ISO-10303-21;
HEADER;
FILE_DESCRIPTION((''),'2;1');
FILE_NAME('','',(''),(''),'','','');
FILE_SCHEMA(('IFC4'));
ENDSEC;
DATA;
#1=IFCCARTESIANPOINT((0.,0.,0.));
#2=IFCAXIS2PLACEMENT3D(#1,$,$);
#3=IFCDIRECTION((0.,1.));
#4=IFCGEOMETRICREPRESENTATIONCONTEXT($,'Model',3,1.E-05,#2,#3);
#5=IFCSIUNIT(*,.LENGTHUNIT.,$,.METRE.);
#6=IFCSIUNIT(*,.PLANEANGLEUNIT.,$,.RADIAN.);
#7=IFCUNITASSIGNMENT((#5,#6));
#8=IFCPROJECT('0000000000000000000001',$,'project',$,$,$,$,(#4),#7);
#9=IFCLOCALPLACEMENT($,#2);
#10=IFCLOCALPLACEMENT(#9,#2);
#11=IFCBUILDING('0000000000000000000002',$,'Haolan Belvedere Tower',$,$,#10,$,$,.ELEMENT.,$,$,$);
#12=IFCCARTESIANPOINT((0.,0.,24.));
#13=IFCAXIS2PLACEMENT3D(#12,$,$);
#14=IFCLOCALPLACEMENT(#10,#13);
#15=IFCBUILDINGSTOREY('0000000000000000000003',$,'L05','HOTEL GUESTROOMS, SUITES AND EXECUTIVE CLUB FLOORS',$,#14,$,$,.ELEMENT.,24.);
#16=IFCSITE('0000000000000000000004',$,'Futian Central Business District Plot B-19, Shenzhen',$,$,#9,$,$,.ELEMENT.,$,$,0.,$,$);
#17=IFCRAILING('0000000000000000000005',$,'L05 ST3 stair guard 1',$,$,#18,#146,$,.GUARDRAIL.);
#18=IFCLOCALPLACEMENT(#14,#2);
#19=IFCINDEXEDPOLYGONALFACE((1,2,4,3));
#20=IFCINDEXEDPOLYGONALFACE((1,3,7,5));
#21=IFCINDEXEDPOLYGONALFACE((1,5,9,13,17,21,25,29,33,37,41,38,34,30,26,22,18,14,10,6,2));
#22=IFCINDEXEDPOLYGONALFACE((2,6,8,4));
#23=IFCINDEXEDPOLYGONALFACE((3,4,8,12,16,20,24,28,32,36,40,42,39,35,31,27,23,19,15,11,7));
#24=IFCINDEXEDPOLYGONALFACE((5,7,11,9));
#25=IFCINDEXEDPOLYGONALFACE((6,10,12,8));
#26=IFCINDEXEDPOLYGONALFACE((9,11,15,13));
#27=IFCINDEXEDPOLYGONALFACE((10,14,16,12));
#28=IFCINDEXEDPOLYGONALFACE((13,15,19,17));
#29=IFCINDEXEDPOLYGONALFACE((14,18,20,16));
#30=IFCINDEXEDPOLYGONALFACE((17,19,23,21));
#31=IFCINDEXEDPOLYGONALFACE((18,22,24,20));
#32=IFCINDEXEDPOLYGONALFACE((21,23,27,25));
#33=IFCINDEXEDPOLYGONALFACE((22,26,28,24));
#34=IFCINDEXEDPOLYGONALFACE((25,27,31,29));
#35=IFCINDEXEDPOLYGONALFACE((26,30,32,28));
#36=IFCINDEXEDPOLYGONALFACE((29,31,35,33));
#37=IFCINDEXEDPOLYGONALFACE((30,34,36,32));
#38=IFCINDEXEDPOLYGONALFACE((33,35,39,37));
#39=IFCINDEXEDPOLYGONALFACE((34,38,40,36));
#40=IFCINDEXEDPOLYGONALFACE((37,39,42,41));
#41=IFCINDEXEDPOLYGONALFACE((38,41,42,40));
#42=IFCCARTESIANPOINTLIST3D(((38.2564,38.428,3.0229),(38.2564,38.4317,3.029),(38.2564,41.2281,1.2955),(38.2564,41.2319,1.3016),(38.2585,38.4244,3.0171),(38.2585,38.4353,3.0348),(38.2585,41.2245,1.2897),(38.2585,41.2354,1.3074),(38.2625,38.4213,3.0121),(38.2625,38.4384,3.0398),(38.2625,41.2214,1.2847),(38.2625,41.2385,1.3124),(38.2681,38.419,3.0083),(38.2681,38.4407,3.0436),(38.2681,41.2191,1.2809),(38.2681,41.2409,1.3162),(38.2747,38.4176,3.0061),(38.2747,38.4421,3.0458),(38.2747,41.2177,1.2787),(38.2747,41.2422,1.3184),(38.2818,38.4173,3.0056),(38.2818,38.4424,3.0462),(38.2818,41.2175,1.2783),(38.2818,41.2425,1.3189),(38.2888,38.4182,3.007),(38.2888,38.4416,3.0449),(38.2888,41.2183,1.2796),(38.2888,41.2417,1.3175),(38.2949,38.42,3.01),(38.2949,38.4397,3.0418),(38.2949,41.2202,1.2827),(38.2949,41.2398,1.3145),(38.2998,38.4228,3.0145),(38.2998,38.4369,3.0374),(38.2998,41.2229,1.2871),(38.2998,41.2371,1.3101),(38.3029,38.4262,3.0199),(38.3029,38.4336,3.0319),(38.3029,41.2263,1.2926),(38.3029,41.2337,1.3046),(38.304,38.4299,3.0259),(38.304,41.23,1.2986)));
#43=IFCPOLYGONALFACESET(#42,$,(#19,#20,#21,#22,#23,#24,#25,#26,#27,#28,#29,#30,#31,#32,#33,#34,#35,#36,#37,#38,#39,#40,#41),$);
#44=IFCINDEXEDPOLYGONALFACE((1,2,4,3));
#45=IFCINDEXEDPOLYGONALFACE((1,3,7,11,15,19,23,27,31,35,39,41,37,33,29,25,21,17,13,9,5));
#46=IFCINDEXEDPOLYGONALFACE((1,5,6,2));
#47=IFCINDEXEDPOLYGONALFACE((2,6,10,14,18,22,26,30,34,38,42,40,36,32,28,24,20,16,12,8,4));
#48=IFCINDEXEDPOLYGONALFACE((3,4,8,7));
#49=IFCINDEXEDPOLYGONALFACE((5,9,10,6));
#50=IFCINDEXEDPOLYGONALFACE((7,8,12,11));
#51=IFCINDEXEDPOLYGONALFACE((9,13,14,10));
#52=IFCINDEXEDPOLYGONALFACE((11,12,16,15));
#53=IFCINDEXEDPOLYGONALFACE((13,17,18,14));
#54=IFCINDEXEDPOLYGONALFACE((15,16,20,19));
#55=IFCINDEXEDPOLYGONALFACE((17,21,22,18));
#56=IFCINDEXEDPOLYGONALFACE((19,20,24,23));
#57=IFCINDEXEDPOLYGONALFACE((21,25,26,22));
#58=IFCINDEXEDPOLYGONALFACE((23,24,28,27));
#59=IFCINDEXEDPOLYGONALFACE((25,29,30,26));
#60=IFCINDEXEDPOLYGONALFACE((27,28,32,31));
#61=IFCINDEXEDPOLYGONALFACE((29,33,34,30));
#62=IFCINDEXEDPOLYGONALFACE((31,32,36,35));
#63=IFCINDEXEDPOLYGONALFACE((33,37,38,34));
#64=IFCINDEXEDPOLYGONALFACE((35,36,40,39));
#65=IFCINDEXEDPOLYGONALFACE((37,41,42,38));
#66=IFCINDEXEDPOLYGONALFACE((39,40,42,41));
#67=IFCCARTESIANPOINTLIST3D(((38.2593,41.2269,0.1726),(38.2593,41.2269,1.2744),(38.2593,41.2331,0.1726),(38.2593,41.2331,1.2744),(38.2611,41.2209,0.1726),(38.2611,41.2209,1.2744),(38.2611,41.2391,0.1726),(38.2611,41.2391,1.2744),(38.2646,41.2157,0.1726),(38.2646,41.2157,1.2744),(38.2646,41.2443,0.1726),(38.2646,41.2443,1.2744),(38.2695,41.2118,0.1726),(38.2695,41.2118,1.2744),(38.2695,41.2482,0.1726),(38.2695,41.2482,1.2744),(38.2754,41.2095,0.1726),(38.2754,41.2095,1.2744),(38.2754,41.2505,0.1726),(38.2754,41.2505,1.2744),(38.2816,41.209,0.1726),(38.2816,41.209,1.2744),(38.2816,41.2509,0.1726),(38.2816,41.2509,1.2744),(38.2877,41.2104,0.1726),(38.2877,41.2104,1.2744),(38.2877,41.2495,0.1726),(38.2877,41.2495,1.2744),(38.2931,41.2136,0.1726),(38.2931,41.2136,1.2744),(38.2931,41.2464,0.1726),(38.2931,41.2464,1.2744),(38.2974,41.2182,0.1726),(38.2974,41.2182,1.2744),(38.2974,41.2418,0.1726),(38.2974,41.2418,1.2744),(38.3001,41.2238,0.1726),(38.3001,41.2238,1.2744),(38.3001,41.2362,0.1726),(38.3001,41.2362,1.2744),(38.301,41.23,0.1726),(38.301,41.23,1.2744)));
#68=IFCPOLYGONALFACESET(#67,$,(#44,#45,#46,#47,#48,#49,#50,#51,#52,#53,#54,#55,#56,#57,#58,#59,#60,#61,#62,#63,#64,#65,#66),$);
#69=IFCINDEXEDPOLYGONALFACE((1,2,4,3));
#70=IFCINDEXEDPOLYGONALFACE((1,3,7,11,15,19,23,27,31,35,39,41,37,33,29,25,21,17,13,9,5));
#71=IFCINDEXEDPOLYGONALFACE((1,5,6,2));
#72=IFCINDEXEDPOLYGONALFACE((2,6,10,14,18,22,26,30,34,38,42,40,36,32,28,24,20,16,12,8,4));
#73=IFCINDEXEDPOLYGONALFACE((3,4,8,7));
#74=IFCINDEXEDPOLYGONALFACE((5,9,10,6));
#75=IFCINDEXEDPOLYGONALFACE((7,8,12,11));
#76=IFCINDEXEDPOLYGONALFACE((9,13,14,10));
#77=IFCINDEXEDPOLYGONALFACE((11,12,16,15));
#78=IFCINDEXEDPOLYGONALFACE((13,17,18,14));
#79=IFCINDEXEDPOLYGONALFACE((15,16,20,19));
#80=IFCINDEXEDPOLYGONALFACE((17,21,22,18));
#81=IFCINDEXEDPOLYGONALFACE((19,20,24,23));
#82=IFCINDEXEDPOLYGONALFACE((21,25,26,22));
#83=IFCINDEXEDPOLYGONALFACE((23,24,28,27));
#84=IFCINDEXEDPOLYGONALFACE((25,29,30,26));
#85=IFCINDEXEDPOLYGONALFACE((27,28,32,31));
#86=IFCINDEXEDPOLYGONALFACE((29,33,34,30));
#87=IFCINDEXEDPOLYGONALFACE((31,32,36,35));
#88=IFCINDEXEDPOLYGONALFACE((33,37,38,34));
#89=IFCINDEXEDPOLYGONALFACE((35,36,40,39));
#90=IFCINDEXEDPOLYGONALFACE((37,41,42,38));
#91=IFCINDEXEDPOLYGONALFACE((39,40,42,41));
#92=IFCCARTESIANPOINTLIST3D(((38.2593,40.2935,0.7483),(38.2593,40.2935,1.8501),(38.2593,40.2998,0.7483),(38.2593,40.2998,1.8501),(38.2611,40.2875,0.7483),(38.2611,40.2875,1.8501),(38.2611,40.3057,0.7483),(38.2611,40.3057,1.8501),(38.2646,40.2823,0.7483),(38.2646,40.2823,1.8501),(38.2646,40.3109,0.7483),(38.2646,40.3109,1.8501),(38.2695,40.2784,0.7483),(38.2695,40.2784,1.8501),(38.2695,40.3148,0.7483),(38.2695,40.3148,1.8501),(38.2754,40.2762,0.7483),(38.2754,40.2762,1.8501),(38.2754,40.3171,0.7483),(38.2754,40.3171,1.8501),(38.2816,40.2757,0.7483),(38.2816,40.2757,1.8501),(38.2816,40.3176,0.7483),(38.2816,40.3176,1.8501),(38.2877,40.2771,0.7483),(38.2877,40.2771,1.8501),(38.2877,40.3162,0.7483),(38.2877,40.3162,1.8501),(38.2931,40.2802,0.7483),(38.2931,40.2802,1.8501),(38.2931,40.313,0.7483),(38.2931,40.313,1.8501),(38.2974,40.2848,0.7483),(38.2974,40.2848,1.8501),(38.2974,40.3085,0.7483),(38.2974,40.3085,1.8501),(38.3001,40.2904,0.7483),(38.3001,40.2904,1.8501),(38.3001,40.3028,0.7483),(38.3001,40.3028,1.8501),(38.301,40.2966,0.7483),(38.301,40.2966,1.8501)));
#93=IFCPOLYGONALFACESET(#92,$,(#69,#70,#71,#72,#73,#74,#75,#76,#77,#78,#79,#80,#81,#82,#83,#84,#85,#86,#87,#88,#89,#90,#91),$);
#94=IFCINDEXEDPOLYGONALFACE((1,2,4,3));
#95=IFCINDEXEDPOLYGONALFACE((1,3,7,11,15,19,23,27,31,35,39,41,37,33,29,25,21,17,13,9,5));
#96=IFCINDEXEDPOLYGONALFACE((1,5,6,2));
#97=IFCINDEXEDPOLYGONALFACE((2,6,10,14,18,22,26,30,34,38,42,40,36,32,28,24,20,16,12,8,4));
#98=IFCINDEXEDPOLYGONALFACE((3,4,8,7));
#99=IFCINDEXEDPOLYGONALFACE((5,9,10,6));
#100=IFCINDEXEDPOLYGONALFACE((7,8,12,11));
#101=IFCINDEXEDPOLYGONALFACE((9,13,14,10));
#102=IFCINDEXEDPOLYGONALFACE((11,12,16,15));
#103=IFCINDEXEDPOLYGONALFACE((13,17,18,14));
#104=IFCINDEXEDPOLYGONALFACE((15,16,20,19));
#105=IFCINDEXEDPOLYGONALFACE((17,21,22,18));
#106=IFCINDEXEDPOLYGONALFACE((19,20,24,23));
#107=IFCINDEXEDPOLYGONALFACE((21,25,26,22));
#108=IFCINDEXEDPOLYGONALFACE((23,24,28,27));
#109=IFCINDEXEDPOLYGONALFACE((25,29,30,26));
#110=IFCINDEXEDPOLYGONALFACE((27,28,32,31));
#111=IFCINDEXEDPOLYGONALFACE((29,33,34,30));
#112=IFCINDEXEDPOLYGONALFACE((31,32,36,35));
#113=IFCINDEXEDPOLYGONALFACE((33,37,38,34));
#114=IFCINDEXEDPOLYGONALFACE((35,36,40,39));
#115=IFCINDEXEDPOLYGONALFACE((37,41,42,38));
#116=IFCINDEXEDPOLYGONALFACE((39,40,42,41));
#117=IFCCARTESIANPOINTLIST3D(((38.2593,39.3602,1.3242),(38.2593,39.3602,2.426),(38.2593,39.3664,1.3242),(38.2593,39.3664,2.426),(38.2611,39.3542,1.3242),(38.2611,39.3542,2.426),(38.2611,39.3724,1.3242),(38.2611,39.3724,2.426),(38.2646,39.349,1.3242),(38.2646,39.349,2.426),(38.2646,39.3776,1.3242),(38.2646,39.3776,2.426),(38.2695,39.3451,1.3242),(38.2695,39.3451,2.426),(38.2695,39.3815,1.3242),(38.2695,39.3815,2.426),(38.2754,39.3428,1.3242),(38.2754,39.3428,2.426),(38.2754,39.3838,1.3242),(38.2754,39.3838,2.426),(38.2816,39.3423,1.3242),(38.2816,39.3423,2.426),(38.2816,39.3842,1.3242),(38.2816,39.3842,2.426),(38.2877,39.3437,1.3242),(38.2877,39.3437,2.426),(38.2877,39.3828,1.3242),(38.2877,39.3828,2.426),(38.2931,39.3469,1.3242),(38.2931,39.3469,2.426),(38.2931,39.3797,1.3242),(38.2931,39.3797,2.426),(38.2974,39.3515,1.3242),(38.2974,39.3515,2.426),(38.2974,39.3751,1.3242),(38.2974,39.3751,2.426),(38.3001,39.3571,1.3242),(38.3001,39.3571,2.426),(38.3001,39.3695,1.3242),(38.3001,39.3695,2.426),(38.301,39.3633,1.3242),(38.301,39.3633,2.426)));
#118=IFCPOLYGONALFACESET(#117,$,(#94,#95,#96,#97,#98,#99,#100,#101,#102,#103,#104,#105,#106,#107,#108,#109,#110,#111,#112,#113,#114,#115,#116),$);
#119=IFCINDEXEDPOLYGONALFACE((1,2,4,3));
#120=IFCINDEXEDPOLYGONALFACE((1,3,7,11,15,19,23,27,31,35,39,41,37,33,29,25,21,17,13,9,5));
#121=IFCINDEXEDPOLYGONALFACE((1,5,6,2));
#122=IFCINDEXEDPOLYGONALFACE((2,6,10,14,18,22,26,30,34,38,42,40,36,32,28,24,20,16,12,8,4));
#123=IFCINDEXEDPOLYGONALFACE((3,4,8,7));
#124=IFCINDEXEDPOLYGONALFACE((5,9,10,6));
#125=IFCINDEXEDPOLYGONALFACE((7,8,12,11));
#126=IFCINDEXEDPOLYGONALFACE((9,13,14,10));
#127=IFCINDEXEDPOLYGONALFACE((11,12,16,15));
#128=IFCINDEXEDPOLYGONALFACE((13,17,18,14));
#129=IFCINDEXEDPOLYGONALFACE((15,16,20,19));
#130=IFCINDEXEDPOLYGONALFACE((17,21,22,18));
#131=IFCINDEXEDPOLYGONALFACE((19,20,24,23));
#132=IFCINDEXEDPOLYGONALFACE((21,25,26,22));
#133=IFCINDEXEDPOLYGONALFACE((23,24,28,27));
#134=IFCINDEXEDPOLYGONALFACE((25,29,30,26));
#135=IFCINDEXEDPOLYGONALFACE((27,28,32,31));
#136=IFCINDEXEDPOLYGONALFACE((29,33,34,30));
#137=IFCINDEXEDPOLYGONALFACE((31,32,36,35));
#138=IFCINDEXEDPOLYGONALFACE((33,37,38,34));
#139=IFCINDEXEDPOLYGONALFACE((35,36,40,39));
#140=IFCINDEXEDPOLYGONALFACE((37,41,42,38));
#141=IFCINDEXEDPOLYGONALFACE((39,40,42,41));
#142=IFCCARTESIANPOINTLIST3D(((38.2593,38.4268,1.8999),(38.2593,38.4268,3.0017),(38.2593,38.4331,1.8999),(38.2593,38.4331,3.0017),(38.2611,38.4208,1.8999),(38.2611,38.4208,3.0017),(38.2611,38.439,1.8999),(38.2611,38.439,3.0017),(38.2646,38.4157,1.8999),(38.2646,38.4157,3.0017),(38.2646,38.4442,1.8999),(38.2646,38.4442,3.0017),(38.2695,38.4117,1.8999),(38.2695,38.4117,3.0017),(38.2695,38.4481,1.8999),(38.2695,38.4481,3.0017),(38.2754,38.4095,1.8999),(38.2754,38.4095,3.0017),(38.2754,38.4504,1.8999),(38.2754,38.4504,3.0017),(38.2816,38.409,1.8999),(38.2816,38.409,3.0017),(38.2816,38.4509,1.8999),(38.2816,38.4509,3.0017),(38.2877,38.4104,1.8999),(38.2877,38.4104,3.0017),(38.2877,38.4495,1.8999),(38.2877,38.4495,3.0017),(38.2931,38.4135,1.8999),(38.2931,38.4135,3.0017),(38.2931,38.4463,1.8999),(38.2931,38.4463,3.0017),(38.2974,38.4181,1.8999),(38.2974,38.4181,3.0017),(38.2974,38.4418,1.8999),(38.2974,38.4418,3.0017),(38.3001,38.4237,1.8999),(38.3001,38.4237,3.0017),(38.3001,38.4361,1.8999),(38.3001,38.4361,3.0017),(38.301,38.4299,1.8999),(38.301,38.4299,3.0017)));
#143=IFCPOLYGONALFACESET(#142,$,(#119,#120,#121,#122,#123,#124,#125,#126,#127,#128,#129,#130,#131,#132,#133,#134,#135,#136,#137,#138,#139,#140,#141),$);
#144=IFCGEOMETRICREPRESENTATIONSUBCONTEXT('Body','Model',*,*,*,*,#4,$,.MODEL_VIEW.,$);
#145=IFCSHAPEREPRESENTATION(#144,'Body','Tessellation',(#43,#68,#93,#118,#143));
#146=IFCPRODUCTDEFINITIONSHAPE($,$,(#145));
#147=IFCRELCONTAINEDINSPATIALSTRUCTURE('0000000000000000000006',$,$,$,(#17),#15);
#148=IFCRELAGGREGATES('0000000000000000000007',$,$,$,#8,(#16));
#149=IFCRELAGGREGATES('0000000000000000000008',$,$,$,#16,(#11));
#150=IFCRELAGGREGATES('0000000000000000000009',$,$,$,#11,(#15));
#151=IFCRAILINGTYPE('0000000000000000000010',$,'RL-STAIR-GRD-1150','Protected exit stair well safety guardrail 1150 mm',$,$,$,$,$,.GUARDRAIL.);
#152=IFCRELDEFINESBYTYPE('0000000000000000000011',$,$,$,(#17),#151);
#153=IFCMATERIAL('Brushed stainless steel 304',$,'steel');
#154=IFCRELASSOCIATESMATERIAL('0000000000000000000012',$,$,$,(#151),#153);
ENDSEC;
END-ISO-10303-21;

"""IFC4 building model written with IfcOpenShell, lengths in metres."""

from ifc_helpers import new_model, si_unit, direction, frame, origin, origin_2d, place, context, subcontext, project, spatial, circle, extrude, material, type_object, element, save


model = new_model("IFC4")

# Units and contexts
model_context = context("Model", 3, precision=1e-05, world=origin(), true_north=direction((0.0, 1.0)))
body_context = subcontext(model_context, "Body", "Model", "MODEL_VIEW")
ifc_project = project(units=[si_unit("LENGTHUNIT", "METRE"), si_unit("PLANEANGLEUNIT", "RADIAN")], contexts=[model_context])

# Site, building, storey
site_placement = place(None, origin())
site = spatial("IfcSite", under=ifc_project, at=site_placement, Name="Futian Central Business District Plot B-19, Shenzhen", CompositionType="ELEMENT", RefElevation=0.0)
building_placement = place(site_placement, origin())
building = spatial("IfcBuilding", under=site, at=building_placement, Name="Haolan Belvedere Tower", CompositionType="ELEMENT")
storey_placement = place(building_placement, frame((0.0, 0.0, 24.0)))
storey = spatial("IfcBuildingStorey", under=building, at=storey_placement, Name="L05", Description="HOTEL GUESTROOMS, SUITES AND EXECUTIVE CLUB FLOORS", CompositionType="ELEMENT", Elevation=24.0)

# Railing
ifc_material_1 = material(Name="Brushed stainless steel 304", Category="steel")
railing_type_1 = type_object("IfcRailingType", Name="RL-STAIR-GRD-1150", Description="Protected exit stair well safety guardrail 1150 mm", PredefinedType="GUARDRAIL", material=ifc_material_1)
railing_1_placement = place(storey_placement, frame((38.28, 41.23, 0.1726)))
element("IfcRailing", 1, at=railing_1_placement, inside=storey, type_object=railing_type_1, Name="L05 ST3 stair guard 1", PredefinedType="GUARDRAIL", context=body_context, shape_type="SweptSolid", body=[
    extrude(circle(Radius=0.0239, at=origin_2d()), frame((0.0, 0.0, 1.126), z_axis=(0.0, -0.85109, 0.52502), x_axis=(1.0, 0.0, 0.0)), (0.0, 0.0, 1.0), 3.29),
    extrude(circle(Radius=0.021, at=origin_2d()), origin(), (0.0, 0.0, 1.0), 1.1018),
    extrude(circle(Radius=0.021, at=origin_2d()), frame((0.0, -0.9333, 0.5757)), (0.0, 0.0, 1.0), 1.1018),
    extrude(circle(Radius=0.021, at=origin_2d()), frame((0.0, -1.8667, 1.1516)), (0.0, 0.0, 1.0), 1.1018),
    extrude(circle(Radius=0.021, at=origin_2d()), frame((0.0, -2.8, 1.7273)), (0.0, 0.0, 1.0), 1.1018),
])

save(model, "model.ifc")
